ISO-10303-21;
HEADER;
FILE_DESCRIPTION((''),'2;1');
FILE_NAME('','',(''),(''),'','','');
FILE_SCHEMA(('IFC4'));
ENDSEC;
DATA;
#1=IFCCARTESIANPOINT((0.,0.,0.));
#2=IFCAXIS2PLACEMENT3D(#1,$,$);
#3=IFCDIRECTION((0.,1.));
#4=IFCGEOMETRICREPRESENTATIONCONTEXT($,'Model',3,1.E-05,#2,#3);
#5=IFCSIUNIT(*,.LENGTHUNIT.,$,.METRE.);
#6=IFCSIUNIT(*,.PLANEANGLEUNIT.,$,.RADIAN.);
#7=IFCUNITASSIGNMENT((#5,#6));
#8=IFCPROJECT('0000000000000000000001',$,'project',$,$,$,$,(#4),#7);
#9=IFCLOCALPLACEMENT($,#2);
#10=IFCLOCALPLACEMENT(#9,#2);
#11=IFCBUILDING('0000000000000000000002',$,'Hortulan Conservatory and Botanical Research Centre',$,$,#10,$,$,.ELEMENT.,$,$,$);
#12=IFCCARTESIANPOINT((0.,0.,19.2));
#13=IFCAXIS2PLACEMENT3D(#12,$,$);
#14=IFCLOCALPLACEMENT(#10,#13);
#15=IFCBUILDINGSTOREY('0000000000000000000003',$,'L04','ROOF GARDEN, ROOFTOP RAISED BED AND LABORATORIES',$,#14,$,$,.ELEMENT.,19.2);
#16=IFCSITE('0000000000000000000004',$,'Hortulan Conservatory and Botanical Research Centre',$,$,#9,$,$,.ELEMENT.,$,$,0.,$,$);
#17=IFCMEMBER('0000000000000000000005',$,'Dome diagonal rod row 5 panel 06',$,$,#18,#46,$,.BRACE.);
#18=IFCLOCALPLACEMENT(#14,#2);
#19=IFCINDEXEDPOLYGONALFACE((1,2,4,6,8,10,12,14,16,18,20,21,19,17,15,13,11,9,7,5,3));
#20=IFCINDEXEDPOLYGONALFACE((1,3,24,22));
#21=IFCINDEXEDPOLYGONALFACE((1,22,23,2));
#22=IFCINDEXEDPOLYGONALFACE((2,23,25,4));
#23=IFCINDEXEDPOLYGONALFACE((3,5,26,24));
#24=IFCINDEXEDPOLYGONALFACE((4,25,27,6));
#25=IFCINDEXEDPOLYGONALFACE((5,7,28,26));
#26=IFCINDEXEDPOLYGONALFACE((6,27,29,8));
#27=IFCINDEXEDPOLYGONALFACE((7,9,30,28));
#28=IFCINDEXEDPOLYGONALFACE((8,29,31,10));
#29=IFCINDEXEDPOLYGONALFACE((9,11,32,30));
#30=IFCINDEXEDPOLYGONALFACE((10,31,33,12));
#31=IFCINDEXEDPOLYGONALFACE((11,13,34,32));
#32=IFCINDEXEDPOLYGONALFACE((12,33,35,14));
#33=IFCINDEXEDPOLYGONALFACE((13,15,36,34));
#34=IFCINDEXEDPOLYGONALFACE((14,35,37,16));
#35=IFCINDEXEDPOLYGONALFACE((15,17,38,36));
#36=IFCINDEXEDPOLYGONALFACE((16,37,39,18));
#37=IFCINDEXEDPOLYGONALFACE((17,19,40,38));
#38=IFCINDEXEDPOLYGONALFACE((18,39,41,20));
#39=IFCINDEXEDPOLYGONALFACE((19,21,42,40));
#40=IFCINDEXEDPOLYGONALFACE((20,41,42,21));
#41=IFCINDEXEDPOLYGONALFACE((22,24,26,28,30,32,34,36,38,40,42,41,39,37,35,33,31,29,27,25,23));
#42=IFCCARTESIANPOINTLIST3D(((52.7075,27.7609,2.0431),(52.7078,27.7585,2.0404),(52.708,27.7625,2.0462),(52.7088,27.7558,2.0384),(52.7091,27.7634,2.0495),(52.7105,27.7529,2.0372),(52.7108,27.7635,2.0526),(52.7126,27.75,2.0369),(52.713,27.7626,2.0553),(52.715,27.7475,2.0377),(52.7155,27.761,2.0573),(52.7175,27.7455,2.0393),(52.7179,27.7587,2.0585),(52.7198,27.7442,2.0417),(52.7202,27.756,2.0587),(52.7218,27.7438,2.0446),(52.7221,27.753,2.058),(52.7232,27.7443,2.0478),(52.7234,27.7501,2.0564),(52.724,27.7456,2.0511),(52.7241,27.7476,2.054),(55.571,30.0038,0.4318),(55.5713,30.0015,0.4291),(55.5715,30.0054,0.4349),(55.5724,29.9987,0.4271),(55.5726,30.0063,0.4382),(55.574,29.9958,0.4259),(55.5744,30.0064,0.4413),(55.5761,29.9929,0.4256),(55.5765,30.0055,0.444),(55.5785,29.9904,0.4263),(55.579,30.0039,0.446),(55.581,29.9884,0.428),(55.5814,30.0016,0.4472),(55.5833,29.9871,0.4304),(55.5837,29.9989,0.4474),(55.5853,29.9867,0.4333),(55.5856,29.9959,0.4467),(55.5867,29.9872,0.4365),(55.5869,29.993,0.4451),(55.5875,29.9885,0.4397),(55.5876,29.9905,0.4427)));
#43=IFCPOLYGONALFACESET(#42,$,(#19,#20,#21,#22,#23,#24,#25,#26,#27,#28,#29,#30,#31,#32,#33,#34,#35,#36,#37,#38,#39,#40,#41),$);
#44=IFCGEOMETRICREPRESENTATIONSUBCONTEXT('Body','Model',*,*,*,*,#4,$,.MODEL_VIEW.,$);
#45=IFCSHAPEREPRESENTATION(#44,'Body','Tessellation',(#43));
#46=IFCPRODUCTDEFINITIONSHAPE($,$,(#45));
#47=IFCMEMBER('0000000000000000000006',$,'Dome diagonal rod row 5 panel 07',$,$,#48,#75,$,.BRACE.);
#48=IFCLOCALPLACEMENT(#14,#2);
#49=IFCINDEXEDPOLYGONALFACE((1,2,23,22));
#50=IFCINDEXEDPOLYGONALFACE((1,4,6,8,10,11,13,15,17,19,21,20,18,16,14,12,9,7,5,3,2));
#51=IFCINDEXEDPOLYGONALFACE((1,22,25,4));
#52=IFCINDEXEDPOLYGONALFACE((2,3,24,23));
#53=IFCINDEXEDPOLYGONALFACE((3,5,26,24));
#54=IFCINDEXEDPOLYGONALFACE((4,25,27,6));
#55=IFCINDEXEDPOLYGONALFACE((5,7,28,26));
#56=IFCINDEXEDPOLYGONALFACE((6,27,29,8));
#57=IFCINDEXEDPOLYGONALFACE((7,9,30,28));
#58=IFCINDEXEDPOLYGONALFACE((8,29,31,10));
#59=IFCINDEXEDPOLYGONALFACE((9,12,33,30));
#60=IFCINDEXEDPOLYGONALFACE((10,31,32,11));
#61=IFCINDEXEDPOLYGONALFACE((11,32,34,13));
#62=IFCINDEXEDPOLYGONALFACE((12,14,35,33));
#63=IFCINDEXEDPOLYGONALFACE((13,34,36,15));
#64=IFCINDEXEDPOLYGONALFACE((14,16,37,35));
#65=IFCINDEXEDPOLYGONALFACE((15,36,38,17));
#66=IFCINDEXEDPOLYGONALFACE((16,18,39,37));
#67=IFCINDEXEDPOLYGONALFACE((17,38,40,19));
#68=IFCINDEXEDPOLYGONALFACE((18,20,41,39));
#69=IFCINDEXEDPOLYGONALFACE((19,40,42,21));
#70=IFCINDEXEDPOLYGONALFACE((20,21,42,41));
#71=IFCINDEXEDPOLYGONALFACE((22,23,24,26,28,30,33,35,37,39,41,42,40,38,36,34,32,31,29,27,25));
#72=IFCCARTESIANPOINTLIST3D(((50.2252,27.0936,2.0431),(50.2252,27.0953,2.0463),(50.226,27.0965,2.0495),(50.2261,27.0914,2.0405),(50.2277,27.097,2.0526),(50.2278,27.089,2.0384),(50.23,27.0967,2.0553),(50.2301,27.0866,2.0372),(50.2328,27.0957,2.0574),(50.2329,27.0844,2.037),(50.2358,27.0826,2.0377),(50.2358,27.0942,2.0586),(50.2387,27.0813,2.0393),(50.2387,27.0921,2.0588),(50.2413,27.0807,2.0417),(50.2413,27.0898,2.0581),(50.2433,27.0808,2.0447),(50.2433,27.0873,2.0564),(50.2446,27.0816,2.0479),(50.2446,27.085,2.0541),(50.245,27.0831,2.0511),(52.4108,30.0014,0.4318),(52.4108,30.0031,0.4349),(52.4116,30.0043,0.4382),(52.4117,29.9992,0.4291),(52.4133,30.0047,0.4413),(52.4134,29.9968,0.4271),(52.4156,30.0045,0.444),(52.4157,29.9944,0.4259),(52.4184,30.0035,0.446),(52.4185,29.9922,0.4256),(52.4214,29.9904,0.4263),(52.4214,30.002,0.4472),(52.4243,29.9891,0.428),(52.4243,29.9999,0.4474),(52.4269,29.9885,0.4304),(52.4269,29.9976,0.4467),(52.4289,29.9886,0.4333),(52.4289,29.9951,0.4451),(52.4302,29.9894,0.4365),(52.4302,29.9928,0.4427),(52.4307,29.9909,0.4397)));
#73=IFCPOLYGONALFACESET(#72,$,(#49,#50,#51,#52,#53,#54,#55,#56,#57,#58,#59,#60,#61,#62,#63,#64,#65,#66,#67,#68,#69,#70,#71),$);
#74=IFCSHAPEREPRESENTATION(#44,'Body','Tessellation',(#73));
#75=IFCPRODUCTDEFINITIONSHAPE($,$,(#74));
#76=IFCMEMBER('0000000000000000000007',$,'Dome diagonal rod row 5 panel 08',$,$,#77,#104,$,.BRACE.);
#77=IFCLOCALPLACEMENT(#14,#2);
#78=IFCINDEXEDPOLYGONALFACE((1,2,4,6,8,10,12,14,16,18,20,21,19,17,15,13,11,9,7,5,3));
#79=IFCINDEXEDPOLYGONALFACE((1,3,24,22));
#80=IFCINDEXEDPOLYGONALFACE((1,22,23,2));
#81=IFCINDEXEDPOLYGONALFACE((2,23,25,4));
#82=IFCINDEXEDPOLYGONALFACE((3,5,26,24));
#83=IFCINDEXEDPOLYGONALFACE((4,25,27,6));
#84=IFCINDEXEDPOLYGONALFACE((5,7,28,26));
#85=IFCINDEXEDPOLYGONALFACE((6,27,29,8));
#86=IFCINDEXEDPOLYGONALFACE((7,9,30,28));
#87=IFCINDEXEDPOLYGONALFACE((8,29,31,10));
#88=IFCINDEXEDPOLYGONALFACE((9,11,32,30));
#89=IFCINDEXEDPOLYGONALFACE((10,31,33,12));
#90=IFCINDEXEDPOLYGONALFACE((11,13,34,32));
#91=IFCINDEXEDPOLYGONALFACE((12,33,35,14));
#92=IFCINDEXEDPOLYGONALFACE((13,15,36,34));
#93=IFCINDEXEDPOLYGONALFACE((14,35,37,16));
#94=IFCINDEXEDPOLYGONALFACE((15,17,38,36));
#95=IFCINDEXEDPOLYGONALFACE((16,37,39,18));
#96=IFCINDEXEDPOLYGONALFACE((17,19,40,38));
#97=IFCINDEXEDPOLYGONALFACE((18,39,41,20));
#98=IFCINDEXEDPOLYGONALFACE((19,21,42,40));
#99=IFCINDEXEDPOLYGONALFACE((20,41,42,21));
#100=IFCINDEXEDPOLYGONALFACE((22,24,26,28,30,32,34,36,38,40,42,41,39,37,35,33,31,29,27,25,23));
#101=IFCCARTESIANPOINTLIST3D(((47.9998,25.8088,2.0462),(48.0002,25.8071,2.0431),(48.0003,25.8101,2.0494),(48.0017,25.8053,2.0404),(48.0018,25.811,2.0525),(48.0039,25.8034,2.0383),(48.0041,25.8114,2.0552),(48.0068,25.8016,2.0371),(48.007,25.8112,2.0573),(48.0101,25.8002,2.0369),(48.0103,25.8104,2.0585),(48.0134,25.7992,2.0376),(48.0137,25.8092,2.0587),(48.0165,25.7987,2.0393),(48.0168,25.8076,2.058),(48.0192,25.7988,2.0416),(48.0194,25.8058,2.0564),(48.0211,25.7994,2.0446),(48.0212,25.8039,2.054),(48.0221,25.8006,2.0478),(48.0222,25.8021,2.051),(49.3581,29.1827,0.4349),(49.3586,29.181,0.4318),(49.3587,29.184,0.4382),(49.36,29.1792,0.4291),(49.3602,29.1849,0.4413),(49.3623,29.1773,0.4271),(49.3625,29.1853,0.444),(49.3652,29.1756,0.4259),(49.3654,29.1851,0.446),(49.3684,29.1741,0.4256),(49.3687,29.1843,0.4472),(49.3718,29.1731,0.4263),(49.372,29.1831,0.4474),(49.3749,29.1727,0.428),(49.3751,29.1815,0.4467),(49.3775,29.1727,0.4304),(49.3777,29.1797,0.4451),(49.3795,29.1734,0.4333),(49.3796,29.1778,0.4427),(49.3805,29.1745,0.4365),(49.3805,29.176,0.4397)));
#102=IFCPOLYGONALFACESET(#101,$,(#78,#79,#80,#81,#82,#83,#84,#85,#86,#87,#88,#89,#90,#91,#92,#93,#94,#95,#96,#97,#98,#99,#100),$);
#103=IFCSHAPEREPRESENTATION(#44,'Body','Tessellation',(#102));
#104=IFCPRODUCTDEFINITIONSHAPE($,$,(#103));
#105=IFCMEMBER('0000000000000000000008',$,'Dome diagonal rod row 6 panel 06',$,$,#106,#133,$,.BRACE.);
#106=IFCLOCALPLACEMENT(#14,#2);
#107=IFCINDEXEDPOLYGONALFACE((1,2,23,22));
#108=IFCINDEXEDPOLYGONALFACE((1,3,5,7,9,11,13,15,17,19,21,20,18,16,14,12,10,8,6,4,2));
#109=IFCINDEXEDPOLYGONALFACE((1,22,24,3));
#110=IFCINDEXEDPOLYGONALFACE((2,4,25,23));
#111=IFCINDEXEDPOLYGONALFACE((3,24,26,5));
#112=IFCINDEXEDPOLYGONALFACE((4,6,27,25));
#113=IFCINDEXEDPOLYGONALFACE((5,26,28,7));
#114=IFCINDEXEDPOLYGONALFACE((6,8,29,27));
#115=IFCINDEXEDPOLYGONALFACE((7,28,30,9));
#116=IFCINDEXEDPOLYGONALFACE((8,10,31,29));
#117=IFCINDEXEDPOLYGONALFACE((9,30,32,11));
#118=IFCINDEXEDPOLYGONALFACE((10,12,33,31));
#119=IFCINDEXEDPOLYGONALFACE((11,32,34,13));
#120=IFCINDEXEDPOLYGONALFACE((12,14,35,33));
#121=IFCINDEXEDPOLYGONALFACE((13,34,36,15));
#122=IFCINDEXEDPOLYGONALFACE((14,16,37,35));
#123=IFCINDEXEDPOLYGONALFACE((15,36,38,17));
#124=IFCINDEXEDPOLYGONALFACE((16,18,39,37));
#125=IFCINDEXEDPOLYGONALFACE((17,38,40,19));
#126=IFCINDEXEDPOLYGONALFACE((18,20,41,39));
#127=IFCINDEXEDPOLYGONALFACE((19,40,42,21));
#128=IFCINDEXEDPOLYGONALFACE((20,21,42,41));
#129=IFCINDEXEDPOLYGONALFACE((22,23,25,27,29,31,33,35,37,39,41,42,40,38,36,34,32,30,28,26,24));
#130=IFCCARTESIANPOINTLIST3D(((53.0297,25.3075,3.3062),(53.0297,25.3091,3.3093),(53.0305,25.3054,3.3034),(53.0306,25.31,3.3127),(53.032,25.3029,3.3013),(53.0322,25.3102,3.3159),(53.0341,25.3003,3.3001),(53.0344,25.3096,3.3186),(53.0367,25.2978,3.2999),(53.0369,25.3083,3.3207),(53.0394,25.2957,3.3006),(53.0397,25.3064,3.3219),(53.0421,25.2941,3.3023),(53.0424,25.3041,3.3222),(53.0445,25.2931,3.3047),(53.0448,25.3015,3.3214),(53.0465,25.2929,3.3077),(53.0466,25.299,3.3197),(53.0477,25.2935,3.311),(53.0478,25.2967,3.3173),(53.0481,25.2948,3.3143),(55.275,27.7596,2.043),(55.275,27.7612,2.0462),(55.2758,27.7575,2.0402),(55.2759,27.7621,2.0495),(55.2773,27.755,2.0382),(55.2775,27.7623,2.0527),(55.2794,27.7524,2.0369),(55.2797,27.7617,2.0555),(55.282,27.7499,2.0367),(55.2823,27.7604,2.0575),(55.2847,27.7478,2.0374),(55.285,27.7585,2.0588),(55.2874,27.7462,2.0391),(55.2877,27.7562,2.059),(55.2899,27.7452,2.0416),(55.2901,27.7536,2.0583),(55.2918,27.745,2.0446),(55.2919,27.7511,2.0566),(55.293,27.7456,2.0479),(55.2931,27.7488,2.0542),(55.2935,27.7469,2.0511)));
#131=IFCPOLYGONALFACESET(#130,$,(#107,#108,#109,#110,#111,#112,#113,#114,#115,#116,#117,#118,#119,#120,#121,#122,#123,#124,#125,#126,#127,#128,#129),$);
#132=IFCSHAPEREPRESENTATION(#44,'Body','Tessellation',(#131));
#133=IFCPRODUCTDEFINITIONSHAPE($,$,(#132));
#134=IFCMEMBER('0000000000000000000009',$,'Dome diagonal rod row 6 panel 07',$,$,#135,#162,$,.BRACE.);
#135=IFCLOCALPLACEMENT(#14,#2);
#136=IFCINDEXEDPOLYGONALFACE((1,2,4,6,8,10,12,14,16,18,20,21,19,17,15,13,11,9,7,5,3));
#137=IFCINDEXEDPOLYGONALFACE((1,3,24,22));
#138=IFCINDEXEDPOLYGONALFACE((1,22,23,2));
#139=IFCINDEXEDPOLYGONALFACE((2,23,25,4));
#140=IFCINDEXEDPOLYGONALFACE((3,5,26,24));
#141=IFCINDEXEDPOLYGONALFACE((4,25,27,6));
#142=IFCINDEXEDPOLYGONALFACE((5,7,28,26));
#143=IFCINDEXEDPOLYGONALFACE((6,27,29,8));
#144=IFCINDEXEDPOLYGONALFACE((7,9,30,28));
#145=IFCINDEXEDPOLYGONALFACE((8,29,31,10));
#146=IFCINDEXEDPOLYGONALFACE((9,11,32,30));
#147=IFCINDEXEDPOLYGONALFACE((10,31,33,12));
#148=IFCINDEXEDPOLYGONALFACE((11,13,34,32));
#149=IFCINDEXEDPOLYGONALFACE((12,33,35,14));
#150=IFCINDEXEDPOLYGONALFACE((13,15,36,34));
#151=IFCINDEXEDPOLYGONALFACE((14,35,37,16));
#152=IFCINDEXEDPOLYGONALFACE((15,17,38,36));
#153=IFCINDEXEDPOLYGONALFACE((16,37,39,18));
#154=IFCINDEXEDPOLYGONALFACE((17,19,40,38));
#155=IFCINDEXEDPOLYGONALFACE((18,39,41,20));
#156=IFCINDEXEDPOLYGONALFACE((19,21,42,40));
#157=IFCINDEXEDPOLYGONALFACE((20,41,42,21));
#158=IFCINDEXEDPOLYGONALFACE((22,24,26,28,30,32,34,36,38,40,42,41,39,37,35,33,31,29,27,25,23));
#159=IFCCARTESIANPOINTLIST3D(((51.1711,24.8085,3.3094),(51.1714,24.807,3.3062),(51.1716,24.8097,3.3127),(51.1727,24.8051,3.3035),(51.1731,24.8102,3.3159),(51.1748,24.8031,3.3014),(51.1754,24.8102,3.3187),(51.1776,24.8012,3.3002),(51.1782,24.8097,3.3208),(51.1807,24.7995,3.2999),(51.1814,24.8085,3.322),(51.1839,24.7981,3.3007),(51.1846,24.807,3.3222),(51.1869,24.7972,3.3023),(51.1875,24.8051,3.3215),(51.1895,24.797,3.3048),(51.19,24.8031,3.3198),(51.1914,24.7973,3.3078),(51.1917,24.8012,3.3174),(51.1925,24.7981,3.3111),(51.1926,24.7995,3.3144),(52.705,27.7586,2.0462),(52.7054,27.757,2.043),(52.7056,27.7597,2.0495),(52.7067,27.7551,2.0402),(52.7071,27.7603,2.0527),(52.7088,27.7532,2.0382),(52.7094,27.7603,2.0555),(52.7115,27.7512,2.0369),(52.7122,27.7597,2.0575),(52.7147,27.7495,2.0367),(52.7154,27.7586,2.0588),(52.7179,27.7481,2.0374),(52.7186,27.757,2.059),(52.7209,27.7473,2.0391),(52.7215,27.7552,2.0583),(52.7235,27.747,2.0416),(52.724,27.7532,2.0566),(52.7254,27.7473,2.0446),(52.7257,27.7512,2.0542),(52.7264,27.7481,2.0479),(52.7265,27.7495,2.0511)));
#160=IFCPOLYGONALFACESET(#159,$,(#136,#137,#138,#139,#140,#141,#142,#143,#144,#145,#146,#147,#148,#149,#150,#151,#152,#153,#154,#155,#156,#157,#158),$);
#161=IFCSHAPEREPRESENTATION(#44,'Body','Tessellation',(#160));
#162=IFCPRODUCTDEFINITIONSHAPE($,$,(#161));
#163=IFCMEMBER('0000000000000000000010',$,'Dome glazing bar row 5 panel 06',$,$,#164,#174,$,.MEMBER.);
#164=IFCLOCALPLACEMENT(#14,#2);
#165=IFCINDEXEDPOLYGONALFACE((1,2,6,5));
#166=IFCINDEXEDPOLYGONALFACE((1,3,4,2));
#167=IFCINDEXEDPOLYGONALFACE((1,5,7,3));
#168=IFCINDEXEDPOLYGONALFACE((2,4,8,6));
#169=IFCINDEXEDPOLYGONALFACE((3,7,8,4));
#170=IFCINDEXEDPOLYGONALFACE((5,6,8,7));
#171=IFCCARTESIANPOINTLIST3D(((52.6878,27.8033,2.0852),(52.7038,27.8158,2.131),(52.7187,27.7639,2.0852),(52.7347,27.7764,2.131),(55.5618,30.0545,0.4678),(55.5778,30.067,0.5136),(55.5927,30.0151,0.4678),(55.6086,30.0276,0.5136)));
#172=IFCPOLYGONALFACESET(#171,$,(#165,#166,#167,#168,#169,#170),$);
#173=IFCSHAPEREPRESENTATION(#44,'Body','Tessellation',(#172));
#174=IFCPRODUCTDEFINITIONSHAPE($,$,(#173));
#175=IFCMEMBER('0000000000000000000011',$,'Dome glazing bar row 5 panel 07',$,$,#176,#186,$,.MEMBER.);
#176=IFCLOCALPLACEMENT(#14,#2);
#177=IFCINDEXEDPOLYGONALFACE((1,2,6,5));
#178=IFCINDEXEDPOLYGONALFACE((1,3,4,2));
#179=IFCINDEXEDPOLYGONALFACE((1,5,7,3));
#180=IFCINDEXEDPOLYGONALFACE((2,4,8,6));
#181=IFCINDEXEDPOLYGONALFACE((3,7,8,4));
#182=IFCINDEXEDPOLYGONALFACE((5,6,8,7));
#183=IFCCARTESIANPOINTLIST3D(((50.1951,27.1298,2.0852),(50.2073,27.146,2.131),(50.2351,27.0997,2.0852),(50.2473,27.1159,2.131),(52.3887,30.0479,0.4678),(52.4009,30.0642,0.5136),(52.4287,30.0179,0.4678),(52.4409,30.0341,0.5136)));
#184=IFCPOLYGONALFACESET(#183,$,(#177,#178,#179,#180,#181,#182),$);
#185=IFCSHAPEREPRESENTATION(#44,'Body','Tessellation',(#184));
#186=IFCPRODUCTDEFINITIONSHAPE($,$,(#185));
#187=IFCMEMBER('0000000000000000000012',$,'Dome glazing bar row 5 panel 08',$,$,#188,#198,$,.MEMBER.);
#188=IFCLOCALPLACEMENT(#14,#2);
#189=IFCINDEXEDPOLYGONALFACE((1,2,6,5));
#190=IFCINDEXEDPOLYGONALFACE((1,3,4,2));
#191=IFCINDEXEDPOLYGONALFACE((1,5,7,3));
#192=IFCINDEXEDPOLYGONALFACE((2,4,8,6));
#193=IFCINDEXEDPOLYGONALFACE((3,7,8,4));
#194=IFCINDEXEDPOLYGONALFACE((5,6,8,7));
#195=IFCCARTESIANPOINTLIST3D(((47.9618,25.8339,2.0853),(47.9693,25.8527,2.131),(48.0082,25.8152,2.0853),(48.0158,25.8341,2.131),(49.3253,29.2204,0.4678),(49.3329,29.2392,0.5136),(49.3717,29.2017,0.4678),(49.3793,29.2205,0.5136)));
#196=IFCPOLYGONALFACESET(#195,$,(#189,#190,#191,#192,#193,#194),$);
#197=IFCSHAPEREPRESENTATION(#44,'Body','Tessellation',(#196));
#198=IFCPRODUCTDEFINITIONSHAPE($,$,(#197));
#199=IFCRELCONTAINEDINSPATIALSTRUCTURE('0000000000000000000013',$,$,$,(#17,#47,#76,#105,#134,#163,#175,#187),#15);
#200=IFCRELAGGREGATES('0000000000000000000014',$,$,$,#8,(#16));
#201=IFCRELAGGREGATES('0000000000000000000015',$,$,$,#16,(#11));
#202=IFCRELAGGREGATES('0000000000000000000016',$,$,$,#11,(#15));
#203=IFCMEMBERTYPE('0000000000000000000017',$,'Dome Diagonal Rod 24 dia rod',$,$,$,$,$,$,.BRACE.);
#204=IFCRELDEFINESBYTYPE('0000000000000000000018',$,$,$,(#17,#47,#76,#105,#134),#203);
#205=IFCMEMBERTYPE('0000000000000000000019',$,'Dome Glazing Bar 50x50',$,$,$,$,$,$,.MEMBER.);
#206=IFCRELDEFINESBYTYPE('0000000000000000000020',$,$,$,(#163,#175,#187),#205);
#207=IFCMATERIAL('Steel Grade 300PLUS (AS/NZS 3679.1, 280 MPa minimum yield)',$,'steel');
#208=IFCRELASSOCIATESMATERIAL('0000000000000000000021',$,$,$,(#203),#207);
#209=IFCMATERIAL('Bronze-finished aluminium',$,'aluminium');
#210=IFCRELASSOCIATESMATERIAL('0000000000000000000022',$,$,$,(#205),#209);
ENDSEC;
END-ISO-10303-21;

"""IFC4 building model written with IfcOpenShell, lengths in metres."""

from ifc_helpers import new_model, si_unit, direction, frame, origin, origin_2d, place, context, subcontext, project, spatial, rectangle, circle, extrude, material, material_profile, profile_set, type_object, element, save


model = new_model("IFC4")

# Units and contexts
model_context = context("Model", 3, precision=1e-05, world=origin(), true_north=direction((0.0, 1.0)))
body_context = subcontext(model_context, "Body", "Model", "MODEL_VIEW")
ifc_project = project(units=[si_unit("LENGTHUNIT", "METRE"), si_unit("PLANEANGLEUNIT", "RADIAN")], contexts=[model_context])

# Site, building, storey
site_placement = place(None, origin())
site = spatial("IfcSite", under=ifc_project, at=site_placement, Name="Hortulan Conservatory and Botanical Research Centre", CompositionType="ELEMENT", RefElevation=0.0)
building_placement = place(site_placement, origin())
building = spatial("IfcBuilding", under=site, at=building_placement, Name="Hortulan Conservatory and Botanical Research Centre", CompositionType="ELEMENT")
storey_placement = place(building_placement, frame((0.0, 0.0, 19.2)))
storey = spatial("IfcBuildingStorey", under=building, at=storey_placement, Name="L04", Description="ROOF GARDEN, ROOFTOP RAISED BED AND LABORATORIES", CompositionType="ELEMENT", Elevation=19.2)

# Members
ifc_material_1 = material(Name="Steel Grade 300PLUS (AS/NZS 3679.1, 280 MPa minimum yield)", Category="steel")
ifc_material_profile_1 = material_profile(ifc_material_1, circle(Radius=0.012, at=origin_2d()), Name="24 dia rod")
ifc_profile_set_1 = profile_set([ifc_material_profile_1], Name="Steel Grade 300PLUS (AS/NZS 3679.1, 280 MPa minimum yield)")
member_type_1 = type_object("IfcMemberType", Name="Dome Diagonal Rod 24 dia rod", PredefinedType="BRACE", material=ifc_profile_set_1)
member_1_placement = place(storey_placement, frame((55.5793, 29.9966, 0.4365), z_axis=(-0.719787, -0.563789, 0.40503), x_axis=(0.616632, -0.787251, 0.0)))
element("IfcMember", 1, at=member_1_placement, inside=storey, type_object=member_type_1, Name="Dome diagonal rod row 5 panel 06", PredefinedType="BRACE", context=body_context, shape_type="SweptSolid", body=[
    extrude(circle(Radius=0.012, at=origin_2d()), origin(), (0.0, 0.0, 1.0), 3.9783),
])
member_2_placement = place(storey_placement, frame((52.4207, 29.9966, 0.4365), z_axis=(-0.549351, -0.730872, 0.405017), x_axis=(0.799371, -0.600837, 0.0)))
element("IfcMember", 2, at=member_2_placement, inside=storey, type_object=member_type_1, Name="Dome diagonal rod row 5 panel 07", PredefinedType="BRACE", context=body_context, shape_type="SweptSolid", body=[
    extrude(circle(Radius=0.012, at=origin_2d()), origin(), (0.0, 0.0, 1.0), 3.9785),
])
member_3_placement = place(storey_placement, frame((49.3694, 29.179, 0.4365), z_axis=(-0.341465, -0.848139, 0.405045), x_axis=(0.927641, -0.373473, 0.0)))
element("IfcMember", 3, at=member_3_placement, inside=storey, type_object=member_type_1, Name="Dome diagonal rod row 5 panel 08", PredefinedType="BRACE", context=body_context, shape_type="SweptSolid", body=[
    extrude(circle(Radius=0.012, at=origin_2d()), origin(), (0.0, 0.0, 1.0), 3.978),
])
member_4_placement = place(storey_placement, frame((55.2842, 27.7537, 2.0479), z_axis=(-0.6313, -0.689439, 0.355153), x_axis=(0.73752, -0.675326, 0.0)))
element("IfcMember", 4, at=member_4_placement, inside=storey, type_object=member_type_1, Name="Dome diagonal rod row 6 panel 06", PredefinedType="BRACE", context=body_context, shape_type="SweptSolid", body=[
    extrude(circle(Radius=0.012, at=origin_2d()), origin(), (0.0, 0.0, 1.0), 3.5566),
])
member_5_placement = place(storey_placement, frame((52.7158, 27.7537, 2.0479), z_axis=(-0.431269, -0.829384, 0.355146), x_axis=(0.887222, -0.461343, 0.0)))
element("IfcMember", 5, at=member_5_placement, inside=storey, type_object=member_type_1, Name="Dome diagonal rod row 6 panel 07", PredefinedType="BRACE", context=body_context, shape_type="SweptSolid", body=[
    extrude(circle(Radius=0.012, at=origin_2d()), origin(), (0.0, 0.0, 1.0), 3.5569),
])
ifc_material_2 = material(Name="Bronze-finished aluminium", Category="aluminium")
ifc_material_profile_2 = material_profile(ifc_material_2, rectangle(XDim=0.05, YDim=0.05, at=origin_2d()), Name="Square bar 50x50")
ifc_profile_set_2 = profile_set([ifc_material_profile_2], Name="Bronze-finished aluminium")
member_type_2 = type_object("IfcMemberType", Name="Dome Glazing Bar 50x50", PredefinedType="MEMBER", material=ifc_profile_set_2)
for number, where, z_axis, x_axis, name in (
    (6, (55.5852, 30.041, 0.4907), (-0.719765, -0.563791, 0.405066), (0.616645, -0.787241, 0.0), "Dome glazing bar row 5 panel 06"),
    (7, (52.4148, 30.041, 0.4907), (-0.549364, -0.730834, 0.405068), (0.79935, -0.600866, 0.0), "Dome glazing bar row 5 panel 07"),
    (8, (49.3523, 29.2205, 0.4907), (-0.341485, -0.848118, 0.405074), (0.92763, -0.3735, 0.0), "Dome glazing bar row 5 panel 08"),
):
    element("IfcMember", number, at=place(storey_placement, frame(where, z_axis=z_axis, x_axis=x_axis)), inside=storey, type_object=member_type_2, Name=name, PredefinedType="MEMBER", context=body_context, shape_type="SweptSolid", body=[
        extrude(rectangle(XDim=0.05, YDim=0.05, at=origin_2d()), origin(), (0.0, 0.0, 1.0), 3.9929),
    ])

save(model, "model.ifc")
